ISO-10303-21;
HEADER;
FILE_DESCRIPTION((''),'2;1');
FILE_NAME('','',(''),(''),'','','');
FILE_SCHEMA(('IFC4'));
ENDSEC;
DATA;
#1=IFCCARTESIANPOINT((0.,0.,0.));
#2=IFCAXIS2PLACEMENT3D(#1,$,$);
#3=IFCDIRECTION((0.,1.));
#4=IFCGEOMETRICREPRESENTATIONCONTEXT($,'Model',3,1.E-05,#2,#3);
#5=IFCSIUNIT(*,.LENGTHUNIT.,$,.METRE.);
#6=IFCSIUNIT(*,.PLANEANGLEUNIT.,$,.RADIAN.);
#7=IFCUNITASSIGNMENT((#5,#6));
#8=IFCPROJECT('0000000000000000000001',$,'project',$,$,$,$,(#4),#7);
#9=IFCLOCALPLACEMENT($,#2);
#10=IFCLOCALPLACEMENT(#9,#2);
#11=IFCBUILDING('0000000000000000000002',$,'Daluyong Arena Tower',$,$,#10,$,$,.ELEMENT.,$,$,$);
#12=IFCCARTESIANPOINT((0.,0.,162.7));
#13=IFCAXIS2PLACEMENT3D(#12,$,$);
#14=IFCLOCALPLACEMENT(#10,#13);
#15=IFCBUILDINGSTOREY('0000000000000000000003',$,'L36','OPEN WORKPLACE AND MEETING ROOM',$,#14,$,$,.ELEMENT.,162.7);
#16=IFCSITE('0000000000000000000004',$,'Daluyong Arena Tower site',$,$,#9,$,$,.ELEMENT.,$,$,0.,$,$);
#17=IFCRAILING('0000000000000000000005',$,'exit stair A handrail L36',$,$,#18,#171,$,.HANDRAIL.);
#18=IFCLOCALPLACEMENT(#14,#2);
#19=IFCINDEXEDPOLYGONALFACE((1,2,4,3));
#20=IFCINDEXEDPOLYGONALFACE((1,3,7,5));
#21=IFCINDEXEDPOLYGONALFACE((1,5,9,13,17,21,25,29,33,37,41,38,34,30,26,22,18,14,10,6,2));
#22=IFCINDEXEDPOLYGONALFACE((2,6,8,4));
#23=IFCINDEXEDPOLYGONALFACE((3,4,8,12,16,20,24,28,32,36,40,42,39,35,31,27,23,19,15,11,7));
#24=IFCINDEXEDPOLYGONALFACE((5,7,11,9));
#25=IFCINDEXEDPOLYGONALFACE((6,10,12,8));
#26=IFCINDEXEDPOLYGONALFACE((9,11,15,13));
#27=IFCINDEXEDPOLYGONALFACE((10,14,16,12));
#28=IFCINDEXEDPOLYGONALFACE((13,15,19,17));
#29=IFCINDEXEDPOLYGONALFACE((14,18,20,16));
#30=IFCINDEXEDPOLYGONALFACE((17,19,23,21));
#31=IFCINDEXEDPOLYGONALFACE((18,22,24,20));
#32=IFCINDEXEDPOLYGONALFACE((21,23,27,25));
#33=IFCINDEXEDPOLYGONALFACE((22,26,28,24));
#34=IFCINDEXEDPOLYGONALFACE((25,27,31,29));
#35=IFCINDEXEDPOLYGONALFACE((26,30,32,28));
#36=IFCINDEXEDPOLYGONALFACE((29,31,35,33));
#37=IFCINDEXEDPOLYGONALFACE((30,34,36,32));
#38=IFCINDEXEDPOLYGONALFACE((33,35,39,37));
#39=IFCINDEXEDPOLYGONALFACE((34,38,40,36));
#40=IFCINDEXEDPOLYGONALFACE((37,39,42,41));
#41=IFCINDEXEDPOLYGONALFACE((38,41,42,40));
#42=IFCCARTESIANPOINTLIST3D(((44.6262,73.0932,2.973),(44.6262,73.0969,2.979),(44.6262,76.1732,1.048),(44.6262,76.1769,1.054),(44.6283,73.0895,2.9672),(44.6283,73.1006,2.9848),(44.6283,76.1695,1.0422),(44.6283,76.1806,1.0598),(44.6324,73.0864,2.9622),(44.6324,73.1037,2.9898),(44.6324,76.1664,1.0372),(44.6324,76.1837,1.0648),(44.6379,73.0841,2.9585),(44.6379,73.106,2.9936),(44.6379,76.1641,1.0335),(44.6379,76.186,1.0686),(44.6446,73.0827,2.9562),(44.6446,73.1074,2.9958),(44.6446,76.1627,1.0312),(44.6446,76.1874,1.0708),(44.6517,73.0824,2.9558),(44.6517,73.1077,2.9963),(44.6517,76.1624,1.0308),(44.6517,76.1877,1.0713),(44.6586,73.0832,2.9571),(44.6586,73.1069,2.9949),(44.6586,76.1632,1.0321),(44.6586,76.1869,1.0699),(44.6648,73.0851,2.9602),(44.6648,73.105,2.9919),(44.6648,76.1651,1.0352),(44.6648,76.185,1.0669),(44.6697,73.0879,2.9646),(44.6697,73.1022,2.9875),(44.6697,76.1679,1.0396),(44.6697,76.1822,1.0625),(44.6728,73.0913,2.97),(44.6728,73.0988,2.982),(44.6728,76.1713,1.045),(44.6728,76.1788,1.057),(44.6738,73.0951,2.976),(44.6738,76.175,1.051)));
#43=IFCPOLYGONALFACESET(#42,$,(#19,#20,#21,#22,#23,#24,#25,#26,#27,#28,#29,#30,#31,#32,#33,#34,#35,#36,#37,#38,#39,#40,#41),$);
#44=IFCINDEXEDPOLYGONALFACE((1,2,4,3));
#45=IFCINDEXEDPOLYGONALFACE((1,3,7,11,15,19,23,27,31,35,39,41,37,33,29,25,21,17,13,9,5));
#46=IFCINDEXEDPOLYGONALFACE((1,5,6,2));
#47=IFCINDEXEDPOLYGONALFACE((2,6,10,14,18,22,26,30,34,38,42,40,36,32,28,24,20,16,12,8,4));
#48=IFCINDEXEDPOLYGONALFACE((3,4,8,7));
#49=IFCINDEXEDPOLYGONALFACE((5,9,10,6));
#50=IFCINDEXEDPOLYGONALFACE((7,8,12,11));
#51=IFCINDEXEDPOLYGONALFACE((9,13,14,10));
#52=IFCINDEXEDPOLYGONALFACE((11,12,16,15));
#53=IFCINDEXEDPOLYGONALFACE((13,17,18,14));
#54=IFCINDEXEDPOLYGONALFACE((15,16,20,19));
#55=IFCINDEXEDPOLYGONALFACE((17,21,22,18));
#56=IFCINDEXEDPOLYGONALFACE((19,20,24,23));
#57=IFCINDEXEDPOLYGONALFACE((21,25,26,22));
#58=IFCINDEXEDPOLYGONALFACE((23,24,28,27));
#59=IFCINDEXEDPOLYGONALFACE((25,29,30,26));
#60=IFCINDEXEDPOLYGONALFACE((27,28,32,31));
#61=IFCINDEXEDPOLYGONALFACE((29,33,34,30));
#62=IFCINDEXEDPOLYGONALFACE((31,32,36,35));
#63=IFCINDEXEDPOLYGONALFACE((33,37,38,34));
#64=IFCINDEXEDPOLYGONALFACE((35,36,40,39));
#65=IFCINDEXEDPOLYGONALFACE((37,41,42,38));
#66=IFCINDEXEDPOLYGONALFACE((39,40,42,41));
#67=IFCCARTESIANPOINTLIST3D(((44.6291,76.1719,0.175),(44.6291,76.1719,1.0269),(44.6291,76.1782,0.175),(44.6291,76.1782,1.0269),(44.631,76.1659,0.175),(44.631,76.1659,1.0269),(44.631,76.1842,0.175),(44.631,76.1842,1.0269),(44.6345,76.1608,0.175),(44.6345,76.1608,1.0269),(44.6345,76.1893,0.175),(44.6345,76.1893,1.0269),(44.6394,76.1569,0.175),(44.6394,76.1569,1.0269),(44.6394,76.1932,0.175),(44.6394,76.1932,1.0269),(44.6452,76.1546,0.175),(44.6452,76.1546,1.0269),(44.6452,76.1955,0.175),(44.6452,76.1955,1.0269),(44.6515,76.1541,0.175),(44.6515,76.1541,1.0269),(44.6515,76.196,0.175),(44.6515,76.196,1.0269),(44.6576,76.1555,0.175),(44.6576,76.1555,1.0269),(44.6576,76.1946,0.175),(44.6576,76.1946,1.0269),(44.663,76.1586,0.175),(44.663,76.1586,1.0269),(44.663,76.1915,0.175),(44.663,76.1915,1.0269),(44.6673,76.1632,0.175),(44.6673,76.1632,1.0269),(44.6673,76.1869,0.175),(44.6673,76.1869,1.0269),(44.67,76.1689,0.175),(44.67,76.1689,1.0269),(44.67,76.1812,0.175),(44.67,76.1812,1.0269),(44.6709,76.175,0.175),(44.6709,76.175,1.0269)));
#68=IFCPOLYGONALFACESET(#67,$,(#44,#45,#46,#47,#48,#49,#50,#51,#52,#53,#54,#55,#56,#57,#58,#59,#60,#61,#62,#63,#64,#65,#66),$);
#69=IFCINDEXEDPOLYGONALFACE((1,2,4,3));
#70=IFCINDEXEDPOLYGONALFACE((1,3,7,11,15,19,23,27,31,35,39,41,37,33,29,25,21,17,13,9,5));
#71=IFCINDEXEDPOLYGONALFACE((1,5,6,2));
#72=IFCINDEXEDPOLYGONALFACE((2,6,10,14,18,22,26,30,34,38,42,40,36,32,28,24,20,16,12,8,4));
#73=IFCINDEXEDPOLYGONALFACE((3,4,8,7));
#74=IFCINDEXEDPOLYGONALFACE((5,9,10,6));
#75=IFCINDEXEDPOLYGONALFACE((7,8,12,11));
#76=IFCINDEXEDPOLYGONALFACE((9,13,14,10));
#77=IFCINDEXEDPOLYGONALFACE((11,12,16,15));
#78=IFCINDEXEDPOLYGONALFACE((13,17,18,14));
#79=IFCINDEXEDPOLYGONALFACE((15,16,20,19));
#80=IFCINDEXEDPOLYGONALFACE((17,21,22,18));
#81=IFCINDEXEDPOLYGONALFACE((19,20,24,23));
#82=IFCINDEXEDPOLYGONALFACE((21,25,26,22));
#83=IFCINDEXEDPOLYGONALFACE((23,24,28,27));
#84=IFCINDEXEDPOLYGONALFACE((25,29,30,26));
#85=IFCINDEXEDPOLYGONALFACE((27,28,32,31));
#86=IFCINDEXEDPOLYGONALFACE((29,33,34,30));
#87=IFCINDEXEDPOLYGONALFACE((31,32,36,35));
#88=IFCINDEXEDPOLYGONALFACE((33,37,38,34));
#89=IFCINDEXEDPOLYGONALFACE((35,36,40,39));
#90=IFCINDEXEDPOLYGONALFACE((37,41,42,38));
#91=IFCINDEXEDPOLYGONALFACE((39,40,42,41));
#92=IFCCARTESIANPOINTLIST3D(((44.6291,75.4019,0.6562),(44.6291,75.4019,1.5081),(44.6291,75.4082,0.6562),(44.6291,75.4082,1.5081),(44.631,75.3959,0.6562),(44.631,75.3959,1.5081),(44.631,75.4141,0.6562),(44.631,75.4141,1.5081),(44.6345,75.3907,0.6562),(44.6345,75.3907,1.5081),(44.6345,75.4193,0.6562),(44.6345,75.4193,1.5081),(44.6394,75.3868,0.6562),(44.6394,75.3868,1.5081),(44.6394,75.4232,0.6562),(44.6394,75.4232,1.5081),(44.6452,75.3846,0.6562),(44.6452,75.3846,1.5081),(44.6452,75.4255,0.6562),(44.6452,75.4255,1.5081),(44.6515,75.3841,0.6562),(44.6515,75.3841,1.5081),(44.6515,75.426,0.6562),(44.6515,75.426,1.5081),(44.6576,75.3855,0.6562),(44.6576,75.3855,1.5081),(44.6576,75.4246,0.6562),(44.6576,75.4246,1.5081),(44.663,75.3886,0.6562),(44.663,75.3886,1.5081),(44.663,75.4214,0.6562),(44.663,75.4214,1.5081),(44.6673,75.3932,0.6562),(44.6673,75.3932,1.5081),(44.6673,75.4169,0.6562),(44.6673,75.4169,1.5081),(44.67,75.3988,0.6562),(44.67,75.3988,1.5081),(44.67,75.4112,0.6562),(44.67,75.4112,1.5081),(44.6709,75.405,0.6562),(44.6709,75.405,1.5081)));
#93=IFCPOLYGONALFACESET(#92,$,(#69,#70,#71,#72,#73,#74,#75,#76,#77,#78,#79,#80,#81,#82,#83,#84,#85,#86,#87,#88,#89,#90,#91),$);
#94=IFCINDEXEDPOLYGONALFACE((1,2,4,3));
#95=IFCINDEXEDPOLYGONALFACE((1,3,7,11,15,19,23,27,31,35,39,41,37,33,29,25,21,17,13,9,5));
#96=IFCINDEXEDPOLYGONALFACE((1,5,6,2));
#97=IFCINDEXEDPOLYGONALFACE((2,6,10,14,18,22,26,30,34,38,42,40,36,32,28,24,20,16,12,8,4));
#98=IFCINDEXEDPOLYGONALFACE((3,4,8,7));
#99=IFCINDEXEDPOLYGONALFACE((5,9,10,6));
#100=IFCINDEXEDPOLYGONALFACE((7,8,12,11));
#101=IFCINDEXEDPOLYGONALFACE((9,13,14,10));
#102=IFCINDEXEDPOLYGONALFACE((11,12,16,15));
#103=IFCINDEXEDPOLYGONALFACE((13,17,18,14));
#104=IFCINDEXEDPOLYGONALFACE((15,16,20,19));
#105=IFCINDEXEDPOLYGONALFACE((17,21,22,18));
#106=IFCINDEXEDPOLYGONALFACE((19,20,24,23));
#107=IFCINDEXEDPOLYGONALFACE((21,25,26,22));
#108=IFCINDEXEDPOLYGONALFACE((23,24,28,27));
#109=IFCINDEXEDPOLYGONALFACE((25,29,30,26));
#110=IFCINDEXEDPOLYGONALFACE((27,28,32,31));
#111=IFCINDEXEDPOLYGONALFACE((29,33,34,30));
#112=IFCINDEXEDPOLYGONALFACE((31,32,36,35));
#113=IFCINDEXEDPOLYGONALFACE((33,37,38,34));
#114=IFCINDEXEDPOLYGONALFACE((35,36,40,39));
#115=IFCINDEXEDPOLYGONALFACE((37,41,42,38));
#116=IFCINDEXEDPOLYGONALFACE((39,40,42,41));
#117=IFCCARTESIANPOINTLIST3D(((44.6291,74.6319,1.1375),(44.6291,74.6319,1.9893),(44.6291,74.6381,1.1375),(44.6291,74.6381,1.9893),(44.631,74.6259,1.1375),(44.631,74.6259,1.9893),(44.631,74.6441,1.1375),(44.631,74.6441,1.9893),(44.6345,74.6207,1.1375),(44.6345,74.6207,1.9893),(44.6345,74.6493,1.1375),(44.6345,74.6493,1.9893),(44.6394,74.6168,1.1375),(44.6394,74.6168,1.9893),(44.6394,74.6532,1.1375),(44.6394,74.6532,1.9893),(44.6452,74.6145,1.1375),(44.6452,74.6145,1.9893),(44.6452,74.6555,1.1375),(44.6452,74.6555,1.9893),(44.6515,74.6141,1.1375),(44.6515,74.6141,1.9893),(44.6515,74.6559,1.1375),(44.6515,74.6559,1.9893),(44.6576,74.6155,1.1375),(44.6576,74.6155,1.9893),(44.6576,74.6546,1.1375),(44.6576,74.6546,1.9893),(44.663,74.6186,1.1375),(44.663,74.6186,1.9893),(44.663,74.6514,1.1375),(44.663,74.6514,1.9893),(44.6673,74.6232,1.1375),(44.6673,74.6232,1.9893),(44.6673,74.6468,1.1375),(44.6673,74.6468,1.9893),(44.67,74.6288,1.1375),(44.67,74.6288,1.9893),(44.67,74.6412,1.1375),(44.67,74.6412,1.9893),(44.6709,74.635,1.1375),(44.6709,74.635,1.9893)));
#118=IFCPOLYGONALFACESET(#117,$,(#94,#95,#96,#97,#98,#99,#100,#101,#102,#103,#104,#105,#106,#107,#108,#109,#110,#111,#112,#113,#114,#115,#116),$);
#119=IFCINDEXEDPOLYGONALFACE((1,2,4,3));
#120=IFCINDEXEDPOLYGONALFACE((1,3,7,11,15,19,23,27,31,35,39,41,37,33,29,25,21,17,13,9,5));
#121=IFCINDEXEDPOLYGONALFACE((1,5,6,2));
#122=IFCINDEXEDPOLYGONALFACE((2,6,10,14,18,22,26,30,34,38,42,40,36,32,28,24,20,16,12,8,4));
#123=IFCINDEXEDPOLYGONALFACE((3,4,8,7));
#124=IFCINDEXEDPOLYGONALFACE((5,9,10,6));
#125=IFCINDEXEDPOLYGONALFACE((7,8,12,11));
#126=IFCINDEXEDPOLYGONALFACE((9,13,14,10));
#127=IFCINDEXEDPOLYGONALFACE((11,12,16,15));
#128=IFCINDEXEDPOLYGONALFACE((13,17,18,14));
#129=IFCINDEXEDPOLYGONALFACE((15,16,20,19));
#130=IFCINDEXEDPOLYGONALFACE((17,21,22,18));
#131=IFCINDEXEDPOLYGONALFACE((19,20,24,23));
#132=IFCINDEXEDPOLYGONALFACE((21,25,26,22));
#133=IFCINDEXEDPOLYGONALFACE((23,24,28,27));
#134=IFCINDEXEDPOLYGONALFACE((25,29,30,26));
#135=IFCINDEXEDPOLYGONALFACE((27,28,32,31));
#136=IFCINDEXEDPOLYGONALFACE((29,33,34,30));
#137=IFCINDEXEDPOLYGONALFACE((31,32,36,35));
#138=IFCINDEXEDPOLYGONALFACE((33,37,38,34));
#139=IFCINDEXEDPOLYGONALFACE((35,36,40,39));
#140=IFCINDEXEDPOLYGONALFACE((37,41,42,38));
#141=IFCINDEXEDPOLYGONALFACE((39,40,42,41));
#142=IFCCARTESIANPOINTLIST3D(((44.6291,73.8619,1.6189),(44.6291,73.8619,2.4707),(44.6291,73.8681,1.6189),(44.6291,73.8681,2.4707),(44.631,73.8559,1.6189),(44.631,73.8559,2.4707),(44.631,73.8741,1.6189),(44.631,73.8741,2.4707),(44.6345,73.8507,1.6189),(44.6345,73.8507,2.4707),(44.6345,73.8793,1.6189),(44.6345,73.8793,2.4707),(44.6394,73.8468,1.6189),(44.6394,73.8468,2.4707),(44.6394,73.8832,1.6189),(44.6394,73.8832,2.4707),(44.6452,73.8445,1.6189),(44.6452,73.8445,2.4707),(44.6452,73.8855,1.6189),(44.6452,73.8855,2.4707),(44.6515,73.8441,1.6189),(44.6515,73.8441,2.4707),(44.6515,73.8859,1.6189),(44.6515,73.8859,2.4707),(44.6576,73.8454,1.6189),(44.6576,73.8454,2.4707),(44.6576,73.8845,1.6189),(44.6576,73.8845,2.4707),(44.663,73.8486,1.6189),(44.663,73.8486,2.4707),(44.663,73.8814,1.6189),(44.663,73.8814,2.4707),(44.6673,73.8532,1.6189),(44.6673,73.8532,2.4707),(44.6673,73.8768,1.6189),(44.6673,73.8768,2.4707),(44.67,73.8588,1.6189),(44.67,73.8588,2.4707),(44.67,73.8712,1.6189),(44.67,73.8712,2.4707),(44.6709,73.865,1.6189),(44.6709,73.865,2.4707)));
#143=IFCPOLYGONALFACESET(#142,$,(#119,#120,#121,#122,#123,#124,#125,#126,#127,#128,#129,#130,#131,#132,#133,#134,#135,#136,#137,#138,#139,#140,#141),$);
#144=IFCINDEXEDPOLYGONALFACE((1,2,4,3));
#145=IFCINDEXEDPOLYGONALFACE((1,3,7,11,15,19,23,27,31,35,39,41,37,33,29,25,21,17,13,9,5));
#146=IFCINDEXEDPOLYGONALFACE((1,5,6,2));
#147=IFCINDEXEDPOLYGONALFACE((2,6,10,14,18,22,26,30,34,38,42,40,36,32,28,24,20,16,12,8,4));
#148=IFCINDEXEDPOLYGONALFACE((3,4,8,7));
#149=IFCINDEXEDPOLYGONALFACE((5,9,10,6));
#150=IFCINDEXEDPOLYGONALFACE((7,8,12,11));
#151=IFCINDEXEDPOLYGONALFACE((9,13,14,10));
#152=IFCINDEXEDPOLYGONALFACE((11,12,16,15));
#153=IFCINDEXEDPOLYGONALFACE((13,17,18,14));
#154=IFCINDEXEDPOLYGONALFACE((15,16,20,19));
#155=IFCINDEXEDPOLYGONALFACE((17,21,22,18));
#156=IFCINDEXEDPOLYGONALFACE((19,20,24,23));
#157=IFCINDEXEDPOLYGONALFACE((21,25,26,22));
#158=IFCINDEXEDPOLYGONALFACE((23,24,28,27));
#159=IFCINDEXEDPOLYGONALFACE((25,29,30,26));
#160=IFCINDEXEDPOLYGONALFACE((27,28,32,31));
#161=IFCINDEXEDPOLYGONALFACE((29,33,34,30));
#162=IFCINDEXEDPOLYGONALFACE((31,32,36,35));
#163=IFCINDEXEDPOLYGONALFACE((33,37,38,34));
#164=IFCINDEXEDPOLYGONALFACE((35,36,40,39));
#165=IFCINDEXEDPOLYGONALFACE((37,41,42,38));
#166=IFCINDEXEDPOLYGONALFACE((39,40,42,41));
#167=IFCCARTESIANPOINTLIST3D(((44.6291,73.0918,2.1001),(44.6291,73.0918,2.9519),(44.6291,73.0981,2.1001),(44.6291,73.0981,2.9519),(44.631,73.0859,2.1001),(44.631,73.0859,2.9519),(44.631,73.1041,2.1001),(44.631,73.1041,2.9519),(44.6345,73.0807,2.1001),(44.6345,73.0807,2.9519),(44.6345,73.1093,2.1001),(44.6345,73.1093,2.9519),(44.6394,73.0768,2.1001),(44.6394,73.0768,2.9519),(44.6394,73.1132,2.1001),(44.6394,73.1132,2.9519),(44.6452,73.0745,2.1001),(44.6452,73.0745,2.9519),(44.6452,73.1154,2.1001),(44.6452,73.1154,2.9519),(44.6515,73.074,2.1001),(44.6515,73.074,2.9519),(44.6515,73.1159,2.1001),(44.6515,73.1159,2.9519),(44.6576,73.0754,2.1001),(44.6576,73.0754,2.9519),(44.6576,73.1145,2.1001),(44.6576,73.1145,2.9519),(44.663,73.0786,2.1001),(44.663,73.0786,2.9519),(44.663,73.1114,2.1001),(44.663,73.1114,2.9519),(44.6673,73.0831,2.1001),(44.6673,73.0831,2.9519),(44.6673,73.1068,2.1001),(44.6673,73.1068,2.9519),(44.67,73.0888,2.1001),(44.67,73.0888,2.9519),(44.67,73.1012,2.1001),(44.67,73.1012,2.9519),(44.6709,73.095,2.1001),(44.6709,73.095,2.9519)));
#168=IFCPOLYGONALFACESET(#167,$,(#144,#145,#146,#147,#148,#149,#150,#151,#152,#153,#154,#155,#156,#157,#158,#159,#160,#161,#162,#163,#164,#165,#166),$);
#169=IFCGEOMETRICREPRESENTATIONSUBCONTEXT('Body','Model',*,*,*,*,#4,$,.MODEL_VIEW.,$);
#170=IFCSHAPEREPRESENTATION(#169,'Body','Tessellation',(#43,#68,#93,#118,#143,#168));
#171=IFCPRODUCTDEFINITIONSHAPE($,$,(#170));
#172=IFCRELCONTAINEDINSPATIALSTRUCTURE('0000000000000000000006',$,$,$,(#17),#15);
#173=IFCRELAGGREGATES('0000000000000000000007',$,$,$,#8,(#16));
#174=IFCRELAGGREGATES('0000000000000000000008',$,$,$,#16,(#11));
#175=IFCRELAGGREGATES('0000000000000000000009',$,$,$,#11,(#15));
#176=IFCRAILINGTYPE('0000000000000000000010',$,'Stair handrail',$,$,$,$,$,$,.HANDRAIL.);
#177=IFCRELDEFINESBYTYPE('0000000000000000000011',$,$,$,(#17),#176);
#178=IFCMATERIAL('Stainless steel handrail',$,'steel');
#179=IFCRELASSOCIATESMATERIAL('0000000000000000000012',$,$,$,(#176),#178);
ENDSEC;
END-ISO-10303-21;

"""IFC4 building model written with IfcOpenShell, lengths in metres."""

from ifc_helpers import new_model, si_unit, direction, frame, origin, origin_2d, place, context, subcontext, project, spatial, circle, extrude, material, type_object, element, save


model = new_model("IFC4")

# Units and contexts
model_context = context("Model", 3, precision=1e-05, world=origin(), true_north=direction((0.0, 1.0)))
body_context = subcontext(model_context, "Body", "Model", "MODEL_VIEW")
ifc_project = project(units=[si_unit("LENGTHUNIT", "METRE"), si_unit("PLANEANGLEUNIT", "RADIAN")], contexts=[model_context])

# Site, building, storey
site_placement = place(None, origin())
site = spatial("IfcSite", under=ifc_project, at=site_placement, Name="Daluyong Arena Tower site", CompositionType="ELEMENT", RefElevation=0.0)
building_placement = place(site_placement, origin())
building = spatial("IfcBuilding", under=site, at=building_placement, Name="Daluyong Arena Tower", CompositionType="ELEMENT")
storey_placement = place(building_placement, frame((0.0, 0.0, 162.7)))
storey = spatial("IfcBuildingStorey", under=building, at=storey_placement, Name="L36", Description="OPEN WORKPLACE AND MEETING ROOM", CompositionType="ELEMENT", Elevation=162.7)

# Railing
ifc_material_1 = material(Name="Stainless steel handrail", Category="steel")
railing_type_1 = type_object("IfcRailingType", Name="Stair handrail", PredefinedType="HANDRAIL", material=ifc_material_1)
railing_1_placement = place(storey_placement, frame((44.6499, 76.175, 0.175)))
element("IfcRailing", 1, at=railing_1_placement, inside=storey, type_object=railing_type_1, Name="exit stair A handrail L36", PredefinedType="HANDRAIL", context=body_context, shape_type="SweptSolid", body=[
    extrude(circle(Radius=0.0239, at=origin_2d()), frame((0.0, 0.0, 0.876), z_axis=(0.0, -0.847998, 0.529999), x_axis=(1.0, 0.0, 0.0)), (0.0, 0.0, 1.0), 3.6321),
    extrude(circle(Radius=0.021, at=origin_2d()), origin(), (0.0, 0.0, 1.0), 0.8518),
    extrude(circle(Radius=0.021, at=origin_2d()), frame((0.0, -0.77, 0.4812)), (0.0, 0.0, 1.0), 0.8518),
    extrude(circle(Radius=0.021, at=origin_2d()), frame((0.0, -1.54, 0.9624)), (0.0, 0.0, 1.0), 0.8518),
    extrude(circle(Radius=0.021, at=origin_2d()), frame((0.0, -2.3101, 1.4438)), (0.0, 0.0, 1.0), 0.8518),
    extrude(circle(Radius=0.021, at=origin_2d()), frame((0.0, -3.0801, 1.925)), (0.0, 0.0, 1.0), 0.8518),
])

save(model, "model.ifc")
